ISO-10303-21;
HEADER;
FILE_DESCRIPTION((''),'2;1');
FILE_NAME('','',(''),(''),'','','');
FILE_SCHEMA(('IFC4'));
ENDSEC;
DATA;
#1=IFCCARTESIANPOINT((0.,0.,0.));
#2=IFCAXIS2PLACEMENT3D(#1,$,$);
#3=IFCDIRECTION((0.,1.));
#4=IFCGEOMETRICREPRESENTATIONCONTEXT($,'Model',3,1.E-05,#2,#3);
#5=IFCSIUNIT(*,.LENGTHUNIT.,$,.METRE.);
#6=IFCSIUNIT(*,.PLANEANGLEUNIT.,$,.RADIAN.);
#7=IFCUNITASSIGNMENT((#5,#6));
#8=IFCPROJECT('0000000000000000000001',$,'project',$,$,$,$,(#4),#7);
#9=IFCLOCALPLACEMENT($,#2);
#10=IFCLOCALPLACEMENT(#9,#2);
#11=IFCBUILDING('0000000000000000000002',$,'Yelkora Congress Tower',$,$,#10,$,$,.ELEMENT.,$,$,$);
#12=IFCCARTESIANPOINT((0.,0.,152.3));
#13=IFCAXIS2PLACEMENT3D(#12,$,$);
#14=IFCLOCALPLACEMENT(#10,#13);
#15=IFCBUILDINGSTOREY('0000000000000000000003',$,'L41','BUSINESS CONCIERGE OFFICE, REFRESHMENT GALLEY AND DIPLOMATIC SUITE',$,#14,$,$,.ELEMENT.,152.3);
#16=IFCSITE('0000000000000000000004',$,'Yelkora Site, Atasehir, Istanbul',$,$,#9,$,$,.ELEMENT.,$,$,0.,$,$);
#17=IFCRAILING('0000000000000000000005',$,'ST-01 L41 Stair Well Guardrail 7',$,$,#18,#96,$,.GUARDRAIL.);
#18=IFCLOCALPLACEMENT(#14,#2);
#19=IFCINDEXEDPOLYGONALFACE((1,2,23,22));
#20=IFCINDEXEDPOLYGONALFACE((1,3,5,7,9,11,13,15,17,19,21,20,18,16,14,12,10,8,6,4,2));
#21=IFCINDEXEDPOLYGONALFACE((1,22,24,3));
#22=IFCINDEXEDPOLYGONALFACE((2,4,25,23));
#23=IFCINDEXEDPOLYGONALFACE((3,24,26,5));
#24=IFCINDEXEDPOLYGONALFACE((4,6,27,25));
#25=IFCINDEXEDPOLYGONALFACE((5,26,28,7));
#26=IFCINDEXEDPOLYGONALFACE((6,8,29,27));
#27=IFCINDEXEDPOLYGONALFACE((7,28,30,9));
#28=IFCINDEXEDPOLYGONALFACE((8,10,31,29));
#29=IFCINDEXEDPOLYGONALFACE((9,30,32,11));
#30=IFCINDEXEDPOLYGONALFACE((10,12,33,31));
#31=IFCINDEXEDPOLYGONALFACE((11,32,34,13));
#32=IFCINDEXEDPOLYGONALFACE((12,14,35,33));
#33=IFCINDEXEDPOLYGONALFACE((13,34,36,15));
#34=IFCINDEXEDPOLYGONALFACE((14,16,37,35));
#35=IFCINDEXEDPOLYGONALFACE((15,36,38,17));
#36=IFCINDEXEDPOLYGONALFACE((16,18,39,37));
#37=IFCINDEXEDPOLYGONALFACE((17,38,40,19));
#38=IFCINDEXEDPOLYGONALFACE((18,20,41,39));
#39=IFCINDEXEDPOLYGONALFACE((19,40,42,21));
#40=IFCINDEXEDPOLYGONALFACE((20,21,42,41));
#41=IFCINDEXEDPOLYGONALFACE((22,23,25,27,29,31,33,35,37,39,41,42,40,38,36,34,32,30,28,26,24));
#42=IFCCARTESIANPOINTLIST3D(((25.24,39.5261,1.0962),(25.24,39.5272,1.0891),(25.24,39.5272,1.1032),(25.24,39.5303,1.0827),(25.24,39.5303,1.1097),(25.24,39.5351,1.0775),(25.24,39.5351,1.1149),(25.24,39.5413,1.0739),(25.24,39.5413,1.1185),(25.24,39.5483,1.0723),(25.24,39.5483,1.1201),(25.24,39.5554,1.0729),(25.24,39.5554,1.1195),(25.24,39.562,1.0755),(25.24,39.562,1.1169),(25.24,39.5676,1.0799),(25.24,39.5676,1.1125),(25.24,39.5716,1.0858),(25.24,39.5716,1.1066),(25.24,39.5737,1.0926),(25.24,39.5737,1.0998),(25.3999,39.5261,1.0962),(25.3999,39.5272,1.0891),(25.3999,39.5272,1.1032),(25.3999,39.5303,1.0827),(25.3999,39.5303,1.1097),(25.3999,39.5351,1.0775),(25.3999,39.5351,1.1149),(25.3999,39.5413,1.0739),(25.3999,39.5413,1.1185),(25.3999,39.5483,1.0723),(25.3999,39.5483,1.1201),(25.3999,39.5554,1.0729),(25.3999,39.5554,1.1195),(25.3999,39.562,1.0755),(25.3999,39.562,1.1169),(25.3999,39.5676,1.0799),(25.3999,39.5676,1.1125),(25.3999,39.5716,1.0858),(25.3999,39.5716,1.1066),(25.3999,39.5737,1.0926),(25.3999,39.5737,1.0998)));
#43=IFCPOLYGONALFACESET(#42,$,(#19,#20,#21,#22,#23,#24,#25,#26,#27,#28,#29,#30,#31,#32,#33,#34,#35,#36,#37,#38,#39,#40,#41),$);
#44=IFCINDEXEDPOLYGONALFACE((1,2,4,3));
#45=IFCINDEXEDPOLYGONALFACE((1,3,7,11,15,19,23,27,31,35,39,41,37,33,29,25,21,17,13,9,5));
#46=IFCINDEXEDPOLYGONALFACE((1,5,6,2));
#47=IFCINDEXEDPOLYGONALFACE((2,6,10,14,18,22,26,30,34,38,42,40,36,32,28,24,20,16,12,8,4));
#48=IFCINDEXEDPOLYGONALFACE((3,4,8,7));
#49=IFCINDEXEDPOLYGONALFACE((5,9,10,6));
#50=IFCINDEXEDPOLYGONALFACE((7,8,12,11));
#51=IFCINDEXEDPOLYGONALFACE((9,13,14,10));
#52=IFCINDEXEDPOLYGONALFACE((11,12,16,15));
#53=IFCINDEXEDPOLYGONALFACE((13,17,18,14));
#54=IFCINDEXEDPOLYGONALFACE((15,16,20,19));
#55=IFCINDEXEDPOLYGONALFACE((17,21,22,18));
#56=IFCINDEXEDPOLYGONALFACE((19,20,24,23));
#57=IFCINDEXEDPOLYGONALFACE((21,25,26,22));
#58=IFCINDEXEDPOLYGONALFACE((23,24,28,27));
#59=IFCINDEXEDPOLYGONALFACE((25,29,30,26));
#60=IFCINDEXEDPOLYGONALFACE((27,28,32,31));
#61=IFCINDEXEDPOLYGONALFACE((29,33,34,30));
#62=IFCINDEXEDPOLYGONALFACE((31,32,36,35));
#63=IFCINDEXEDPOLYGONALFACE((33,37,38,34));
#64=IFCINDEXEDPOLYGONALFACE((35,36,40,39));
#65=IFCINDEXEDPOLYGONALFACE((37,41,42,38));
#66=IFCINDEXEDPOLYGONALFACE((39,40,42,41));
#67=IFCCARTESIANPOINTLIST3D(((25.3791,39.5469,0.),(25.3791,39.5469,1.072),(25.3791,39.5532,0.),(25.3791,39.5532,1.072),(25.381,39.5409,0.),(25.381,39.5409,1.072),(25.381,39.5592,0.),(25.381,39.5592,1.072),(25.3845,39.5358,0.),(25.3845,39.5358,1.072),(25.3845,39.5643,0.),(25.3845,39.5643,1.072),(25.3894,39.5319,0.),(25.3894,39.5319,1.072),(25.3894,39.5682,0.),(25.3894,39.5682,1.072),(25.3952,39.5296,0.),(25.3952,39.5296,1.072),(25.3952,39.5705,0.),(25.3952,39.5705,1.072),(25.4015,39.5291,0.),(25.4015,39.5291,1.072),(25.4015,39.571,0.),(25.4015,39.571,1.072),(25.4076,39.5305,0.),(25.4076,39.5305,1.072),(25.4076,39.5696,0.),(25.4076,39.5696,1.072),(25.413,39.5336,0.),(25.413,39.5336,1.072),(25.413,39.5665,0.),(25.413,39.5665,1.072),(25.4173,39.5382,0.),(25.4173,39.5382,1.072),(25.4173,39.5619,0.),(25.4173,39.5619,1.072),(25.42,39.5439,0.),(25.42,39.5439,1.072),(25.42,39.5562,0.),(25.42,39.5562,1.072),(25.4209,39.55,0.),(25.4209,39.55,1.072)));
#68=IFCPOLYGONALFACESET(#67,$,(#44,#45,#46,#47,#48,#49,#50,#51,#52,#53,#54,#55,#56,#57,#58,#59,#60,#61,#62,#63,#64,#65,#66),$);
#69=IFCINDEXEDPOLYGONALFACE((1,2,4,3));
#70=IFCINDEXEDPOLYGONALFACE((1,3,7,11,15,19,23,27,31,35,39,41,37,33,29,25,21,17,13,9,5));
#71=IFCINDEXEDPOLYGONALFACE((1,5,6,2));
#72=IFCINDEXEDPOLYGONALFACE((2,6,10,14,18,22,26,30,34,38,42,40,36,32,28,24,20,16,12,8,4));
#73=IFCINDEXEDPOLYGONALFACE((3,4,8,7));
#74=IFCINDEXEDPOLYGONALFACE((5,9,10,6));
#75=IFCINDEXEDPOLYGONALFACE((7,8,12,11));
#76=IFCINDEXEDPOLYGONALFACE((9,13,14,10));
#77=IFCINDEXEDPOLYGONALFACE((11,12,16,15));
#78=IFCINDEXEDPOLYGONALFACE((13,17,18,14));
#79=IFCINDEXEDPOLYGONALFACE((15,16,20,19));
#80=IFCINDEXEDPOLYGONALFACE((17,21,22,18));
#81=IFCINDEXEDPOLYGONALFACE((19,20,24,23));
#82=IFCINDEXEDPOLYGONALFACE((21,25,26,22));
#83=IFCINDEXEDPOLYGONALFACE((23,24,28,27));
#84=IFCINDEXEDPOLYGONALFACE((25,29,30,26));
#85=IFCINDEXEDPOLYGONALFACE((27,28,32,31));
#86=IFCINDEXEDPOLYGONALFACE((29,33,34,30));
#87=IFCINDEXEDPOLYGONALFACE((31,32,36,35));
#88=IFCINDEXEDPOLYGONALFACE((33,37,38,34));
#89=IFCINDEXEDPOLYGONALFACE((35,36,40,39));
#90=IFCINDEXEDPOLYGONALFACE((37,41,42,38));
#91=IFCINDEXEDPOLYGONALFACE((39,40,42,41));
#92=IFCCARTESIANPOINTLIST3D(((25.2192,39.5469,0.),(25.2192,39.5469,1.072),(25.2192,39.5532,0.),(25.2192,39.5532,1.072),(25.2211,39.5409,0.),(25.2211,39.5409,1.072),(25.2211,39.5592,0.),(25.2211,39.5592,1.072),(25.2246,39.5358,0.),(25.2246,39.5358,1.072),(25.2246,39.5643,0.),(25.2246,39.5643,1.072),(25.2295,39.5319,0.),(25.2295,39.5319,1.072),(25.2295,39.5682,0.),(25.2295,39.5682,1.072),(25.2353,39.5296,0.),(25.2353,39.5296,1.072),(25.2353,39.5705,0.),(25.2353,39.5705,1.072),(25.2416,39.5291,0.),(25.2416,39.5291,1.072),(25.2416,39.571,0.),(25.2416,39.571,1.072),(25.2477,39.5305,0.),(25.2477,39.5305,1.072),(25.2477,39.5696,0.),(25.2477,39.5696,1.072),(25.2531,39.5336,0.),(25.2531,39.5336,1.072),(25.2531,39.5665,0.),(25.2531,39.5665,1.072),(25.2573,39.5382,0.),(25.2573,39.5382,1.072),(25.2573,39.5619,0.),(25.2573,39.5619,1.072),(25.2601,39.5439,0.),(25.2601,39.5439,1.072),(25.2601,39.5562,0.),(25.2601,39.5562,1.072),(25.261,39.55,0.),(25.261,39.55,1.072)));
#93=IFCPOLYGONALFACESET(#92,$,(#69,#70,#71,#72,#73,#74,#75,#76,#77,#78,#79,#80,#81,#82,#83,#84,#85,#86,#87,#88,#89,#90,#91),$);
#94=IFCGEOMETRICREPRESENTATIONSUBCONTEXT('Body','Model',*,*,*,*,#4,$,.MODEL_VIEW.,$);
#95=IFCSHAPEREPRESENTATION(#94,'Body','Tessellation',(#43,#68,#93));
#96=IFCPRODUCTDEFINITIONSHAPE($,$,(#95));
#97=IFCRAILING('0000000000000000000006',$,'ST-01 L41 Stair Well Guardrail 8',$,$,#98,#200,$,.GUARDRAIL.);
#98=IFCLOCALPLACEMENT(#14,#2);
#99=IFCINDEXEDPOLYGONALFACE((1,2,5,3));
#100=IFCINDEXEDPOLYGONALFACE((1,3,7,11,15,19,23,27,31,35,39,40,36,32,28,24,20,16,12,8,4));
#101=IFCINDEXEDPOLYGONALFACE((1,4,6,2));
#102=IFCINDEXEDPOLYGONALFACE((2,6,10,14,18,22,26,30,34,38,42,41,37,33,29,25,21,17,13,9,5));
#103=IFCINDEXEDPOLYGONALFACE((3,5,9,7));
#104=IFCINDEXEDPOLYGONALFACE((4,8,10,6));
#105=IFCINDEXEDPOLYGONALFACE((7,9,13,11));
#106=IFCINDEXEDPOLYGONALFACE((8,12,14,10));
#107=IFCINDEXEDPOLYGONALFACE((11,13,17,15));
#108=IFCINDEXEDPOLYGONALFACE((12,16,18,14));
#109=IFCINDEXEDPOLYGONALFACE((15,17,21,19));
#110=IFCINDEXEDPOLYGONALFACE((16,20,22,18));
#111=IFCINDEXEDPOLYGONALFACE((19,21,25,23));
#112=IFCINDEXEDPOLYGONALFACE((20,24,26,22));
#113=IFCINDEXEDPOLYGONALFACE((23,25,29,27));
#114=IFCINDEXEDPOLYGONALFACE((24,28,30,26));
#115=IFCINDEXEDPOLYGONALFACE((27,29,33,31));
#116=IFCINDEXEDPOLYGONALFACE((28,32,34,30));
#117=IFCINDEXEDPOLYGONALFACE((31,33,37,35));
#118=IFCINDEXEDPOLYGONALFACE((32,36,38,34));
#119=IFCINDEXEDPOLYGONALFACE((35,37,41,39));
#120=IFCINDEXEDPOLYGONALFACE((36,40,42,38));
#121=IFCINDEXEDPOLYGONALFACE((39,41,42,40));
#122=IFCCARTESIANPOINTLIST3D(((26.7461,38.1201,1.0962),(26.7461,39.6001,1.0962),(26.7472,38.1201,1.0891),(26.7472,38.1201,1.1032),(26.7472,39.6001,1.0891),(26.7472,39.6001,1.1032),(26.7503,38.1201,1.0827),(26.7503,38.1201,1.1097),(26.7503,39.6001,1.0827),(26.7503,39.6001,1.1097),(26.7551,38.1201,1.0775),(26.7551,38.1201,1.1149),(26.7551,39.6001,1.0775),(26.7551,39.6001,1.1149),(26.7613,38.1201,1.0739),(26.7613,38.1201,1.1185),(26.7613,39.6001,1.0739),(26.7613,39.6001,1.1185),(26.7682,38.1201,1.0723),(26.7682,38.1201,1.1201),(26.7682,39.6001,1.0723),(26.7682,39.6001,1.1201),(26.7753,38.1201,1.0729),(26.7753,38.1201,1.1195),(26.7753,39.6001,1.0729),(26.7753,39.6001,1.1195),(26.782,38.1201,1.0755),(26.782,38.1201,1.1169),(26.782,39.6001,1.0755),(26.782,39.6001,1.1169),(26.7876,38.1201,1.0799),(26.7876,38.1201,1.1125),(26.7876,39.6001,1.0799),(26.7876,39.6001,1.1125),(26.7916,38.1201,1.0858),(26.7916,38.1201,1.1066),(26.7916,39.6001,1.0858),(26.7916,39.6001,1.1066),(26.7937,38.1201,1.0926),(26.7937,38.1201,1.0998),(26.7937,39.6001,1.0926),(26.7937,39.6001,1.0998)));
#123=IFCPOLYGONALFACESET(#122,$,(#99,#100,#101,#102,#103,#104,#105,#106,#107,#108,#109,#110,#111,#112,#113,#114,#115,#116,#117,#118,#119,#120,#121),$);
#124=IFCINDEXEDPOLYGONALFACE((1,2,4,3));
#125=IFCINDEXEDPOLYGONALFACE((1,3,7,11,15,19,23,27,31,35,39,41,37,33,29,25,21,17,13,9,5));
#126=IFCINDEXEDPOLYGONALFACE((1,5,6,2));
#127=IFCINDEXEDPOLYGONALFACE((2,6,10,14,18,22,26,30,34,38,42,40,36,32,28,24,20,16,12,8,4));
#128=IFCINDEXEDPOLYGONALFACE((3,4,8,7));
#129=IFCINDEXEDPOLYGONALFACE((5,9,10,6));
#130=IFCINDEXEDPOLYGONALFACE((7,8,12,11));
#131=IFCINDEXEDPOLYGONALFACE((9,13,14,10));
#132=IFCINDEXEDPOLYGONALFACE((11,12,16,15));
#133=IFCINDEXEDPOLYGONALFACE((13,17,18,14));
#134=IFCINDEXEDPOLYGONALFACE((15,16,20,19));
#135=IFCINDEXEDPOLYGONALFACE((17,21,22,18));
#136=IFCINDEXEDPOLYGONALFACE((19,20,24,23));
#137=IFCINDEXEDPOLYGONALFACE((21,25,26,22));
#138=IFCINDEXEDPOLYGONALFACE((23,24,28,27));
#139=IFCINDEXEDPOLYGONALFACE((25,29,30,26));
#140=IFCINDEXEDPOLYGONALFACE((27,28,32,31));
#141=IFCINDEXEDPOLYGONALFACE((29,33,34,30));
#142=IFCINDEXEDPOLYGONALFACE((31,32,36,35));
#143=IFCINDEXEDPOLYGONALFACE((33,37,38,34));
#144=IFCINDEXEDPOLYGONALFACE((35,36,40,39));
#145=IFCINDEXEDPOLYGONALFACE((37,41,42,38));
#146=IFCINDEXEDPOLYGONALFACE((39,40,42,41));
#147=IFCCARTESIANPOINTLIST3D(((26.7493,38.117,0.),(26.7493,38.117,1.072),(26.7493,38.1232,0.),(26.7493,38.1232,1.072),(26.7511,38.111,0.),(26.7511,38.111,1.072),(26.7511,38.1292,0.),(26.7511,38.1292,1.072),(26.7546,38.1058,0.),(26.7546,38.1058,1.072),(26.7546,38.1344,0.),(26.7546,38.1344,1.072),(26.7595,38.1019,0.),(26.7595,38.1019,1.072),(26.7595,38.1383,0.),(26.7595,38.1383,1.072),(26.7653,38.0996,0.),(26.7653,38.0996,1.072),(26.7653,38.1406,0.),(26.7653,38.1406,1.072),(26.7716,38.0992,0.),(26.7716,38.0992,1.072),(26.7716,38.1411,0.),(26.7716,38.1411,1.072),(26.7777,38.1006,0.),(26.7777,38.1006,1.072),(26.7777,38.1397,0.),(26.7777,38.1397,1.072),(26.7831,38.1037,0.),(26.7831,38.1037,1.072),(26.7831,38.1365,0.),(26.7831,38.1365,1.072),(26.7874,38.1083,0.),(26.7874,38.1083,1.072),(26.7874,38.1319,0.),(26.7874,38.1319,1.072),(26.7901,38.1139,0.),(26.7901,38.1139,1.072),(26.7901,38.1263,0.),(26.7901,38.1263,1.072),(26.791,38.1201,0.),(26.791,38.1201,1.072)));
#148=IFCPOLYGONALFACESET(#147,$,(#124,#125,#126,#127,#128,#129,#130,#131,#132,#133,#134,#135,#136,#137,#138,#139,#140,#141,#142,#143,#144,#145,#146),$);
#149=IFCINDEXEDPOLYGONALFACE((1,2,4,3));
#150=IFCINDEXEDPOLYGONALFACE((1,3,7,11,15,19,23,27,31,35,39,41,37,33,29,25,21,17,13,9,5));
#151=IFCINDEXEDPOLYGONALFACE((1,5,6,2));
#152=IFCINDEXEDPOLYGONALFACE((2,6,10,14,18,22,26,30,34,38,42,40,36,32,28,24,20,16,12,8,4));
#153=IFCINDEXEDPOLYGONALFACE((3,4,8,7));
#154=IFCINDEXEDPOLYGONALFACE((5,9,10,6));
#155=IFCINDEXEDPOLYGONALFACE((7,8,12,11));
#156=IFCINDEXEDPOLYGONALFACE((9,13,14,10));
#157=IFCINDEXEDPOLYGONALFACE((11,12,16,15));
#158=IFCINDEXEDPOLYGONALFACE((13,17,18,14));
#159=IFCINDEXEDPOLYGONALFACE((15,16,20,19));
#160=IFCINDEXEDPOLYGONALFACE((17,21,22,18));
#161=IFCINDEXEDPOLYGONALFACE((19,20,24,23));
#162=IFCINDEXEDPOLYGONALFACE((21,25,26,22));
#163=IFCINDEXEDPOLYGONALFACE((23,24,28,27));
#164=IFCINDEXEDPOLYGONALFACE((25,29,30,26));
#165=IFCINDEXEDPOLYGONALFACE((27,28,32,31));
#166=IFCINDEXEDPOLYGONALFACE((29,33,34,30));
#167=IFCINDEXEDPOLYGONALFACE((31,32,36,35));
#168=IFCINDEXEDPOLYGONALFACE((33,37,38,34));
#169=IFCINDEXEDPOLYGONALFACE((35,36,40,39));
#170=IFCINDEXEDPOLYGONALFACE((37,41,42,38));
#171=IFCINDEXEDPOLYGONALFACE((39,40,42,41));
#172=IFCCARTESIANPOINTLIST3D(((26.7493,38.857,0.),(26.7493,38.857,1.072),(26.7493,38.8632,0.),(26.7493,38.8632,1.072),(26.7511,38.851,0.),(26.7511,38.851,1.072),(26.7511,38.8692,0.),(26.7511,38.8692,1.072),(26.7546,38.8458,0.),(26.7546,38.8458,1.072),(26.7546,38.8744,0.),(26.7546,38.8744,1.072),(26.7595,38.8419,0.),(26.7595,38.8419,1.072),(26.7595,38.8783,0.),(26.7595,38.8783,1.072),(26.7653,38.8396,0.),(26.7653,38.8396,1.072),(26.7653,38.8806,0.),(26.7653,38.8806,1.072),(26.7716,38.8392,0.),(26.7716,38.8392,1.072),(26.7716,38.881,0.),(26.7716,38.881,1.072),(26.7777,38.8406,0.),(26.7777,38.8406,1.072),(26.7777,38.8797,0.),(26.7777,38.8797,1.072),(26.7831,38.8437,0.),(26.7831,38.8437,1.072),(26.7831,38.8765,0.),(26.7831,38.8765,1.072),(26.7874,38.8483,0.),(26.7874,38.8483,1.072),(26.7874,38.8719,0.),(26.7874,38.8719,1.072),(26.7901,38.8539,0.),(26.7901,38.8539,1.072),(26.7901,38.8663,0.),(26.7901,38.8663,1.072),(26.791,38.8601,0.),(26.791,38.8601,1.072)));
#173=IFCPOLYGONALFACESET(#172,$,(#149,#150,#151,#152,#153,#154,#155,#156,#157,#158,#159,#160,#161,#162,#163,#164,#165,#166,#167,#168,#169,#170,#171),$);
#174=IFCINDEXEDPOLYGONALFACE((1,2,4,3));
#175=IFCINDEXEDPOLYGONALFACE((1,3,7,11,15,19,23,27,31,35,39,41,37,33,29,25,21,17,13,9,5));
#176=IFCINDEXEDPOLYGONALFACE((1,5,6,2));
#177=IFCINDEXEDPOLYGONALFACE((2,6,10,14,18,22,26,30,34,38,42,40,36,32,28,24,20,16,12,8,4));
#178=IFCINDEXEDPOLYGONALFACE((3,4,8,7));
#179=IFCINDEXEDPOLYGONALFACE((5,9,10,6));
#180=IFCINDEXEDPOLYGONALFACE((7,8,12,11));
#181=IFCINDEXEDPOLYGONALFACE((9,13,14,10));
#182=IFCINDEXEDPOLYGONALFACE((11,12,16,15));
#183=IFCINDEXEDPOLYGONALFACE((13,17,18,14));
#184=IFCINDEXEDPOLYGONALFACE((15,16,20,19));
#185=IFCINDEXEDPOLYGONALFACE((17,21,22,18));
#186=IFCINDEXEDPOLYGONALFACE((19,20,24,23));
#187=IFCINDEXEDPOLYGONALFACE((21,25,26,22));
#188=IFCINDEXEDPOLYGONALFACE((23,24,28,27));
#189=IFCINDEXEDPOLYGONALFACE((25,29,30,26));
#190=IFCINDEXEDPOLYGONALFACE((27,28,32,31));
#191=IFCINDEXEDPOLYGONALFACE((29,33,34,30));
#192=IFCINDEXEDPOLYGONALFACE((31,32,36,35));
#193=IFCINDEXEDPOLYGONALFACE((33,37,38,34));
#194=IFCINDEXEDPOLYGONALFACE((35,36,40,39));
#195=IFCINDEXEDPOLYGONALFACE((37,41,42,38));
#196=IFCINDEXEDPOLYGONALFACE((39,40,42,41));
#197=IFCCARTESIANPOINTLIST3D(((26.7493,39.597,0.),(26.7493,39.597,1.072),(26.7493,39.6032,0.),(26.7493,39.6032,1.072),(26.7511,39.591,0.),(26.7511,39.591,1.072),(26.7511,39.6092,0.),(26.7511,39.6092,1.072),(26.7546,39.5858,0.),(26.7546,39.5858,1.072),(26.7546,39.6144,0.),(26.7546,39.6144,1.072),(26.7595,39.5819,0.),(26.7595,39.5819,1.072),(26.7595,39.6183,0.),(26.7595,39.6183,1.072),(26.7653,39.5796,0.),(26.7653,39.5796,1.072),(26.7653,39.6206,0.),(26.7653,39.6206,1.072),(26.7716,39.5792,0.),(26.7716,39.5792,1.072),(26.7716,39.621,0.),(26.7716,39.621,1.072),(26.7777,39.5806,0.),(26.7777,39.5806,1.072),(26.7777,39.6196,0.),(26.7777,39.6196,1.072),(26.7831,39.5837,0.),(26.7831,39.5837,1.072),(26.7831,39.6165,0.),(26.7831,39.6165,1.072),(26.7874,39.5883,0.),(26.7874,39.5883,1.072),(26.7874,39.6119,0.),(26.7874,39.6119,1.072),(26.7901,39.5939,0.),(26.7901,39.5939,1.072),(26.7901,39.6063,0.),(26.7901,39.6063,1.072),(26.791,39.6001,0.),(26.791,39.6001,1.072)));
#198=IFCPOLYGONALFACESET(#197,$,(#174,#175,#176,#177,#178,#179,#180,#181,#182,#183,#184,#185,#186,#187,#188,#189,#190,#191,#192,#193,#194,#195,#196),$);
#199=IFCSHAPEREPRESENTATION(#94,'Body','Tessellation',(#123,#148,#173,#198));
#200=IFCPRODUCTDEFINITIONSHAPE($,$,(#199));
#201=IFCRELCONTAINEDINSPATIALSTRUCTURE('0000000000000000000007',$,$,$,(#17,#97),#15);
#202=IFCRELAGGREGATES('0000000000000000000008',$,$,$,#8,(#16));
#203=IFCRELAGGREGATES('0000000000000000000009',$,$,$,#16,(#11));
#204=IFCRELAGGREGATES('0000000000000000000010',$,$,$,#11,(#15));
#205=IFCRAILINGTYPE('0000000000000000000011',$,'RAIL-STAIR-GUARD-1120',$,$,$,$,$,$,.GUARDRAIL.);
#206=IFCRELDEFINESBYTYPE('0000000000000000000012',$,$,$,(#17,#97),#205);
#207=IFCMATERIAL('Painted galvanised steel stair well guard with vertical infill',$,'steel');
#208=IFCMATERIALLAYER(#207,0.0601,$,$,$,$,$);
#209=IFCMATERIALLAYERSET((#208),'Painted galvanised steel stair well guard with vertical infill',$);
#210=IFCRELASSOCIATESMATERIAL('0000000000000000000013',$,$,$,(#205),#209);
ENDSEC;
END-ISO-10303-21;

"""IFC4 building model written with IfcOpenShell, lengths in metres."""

from ifc_helpers import new_model, si_unit, direction, frame, origin, origin_2d, place, context, subcontext, project, spatial, circle, extrude, material, layer, layer_set, type_object, element, save


model = new_model("IFC4")

# Units and contexts
model_context = context("Model", 3, precision=1e-05, world=origin(), true_north=direction((0.0, 1.0)))
body_context = subcontext(model_context, "Body", "Model", "MODEL_VIEW")
ifc_project = project(units=[si_unit("LENGTHUNIT", "METRE"), si_unit("PLANEANGLEUNIT", "RADIAN")], contexts=[model_context])

# Site, building, storey
site_placement = place(None, origin())
site = spatial("IfcSite", under=ifc_project, at=site_placement, Name="Yelkora Site, Atasehir, Istanbul", CompositionType="ELEMENT", RefElevation=0.0)
building_placement = place(site_placement, origin())
building = spatial("IfcBuilding", under=site, at=building_placement, Name="Yelkora Congress Tower", CompositionType="ELEMENT")
storey_placement = place(building_placement, frame((0.0, 0.0, 152.3)))
storey = spatial("IfcBuildingStorey", under=building, at=storey_placement, Name="L41", Description="BUSINESS CONCIERGE OFFICE, REFRESHMENT GALLEY AND DIPLOMATIC SUITE", CompositionType="ELEMENT", Elevation=152.3)

# Railings
ifc_material_1 = material(Name="Painted galvanised steel stair well guard with vertical infill", Category="steel")
ifc_layer_1 = layer(ifc_material_1, 0.0601)
ifc_layer_set_1 = layer_set([ifc_layer_1], Name="Painted galvanised steel stair well guard with vertical infill")
railing_type_1 = type_object("IfcRailingType", Name="RAIL-STAIR-GUARD-1120", PredefinedType="GUARDRAIL", material=ifc_layer_set_1)
railing_1_placement = place(storey_placement, frame((25.3999, 39.55, 0.0)))
element("IfcRailing", 1, at=railing_1_placement, inside=storey, type_object=railing_type_1, Name="ST-01 L41 Stair Well Guardrail 7", PredefinedType="GUARDRAIL", context=body_context, shape_type="SweptSolid", body=[
    extrude(circle(Radius=0.0239, at=origin_2d()), frame((0.0, 0.0, 1.0962), z_axis=(-1.0, 0.0, 0.0), x_axis=(0.0, -1.0, 0.0)), (0.0, 0.0, 1.0), 0.1599),
    extrude(circle(Radius=0.021, at=origin_2d()), origin(), (0.0, 0.0, 1.0), 1.072),
    extrude(circle(Radius=0.021, at=origin_2d()), frame((-0.1599, 0.0, 0.0)), (0.0, 0.0, 1.0), 1.072),
])
for number, where, name in (
    (2, (26.77, 38.1201, 0.0), "ST-01 L41 Stair Well Guardrail 8"),
):
    element("IfcRailing", number, at=place(storey_placement, frame(where)), inside=storey, type_object=railing_type_1, Name=name, PredefinedType="GUARDRAIL", context=body_context, shape_type="SweptSolid", body=[
        extrude(circle(Radius=0.0239, at=origin_2d()), frame((0.0, 0.0, 1.0962), z_axis=(0.0, 1.0, 0.0), x_axis=(-1.0, 0.0, 0.0)), (0.0, 0.0, 1.0), 1.48),
        extrude(circle(Radius=0.021, at=origin_2d()), origin(), (0.0, 0.0, 1.0), 1.072),
        extrude(circle(Radius=0.021, at=origin_2d()), frame((0.0, 0.74, 0.0)), (0.0, 0.0, 1.0), 1.072),
        extrude(circle(Radius=0.021, at=origin_2d()), frame((0.0, 1.48, 0.0)), (0.0, 0.0, 1.0), 1.072),
    ])

save(model, "model.ifc")
